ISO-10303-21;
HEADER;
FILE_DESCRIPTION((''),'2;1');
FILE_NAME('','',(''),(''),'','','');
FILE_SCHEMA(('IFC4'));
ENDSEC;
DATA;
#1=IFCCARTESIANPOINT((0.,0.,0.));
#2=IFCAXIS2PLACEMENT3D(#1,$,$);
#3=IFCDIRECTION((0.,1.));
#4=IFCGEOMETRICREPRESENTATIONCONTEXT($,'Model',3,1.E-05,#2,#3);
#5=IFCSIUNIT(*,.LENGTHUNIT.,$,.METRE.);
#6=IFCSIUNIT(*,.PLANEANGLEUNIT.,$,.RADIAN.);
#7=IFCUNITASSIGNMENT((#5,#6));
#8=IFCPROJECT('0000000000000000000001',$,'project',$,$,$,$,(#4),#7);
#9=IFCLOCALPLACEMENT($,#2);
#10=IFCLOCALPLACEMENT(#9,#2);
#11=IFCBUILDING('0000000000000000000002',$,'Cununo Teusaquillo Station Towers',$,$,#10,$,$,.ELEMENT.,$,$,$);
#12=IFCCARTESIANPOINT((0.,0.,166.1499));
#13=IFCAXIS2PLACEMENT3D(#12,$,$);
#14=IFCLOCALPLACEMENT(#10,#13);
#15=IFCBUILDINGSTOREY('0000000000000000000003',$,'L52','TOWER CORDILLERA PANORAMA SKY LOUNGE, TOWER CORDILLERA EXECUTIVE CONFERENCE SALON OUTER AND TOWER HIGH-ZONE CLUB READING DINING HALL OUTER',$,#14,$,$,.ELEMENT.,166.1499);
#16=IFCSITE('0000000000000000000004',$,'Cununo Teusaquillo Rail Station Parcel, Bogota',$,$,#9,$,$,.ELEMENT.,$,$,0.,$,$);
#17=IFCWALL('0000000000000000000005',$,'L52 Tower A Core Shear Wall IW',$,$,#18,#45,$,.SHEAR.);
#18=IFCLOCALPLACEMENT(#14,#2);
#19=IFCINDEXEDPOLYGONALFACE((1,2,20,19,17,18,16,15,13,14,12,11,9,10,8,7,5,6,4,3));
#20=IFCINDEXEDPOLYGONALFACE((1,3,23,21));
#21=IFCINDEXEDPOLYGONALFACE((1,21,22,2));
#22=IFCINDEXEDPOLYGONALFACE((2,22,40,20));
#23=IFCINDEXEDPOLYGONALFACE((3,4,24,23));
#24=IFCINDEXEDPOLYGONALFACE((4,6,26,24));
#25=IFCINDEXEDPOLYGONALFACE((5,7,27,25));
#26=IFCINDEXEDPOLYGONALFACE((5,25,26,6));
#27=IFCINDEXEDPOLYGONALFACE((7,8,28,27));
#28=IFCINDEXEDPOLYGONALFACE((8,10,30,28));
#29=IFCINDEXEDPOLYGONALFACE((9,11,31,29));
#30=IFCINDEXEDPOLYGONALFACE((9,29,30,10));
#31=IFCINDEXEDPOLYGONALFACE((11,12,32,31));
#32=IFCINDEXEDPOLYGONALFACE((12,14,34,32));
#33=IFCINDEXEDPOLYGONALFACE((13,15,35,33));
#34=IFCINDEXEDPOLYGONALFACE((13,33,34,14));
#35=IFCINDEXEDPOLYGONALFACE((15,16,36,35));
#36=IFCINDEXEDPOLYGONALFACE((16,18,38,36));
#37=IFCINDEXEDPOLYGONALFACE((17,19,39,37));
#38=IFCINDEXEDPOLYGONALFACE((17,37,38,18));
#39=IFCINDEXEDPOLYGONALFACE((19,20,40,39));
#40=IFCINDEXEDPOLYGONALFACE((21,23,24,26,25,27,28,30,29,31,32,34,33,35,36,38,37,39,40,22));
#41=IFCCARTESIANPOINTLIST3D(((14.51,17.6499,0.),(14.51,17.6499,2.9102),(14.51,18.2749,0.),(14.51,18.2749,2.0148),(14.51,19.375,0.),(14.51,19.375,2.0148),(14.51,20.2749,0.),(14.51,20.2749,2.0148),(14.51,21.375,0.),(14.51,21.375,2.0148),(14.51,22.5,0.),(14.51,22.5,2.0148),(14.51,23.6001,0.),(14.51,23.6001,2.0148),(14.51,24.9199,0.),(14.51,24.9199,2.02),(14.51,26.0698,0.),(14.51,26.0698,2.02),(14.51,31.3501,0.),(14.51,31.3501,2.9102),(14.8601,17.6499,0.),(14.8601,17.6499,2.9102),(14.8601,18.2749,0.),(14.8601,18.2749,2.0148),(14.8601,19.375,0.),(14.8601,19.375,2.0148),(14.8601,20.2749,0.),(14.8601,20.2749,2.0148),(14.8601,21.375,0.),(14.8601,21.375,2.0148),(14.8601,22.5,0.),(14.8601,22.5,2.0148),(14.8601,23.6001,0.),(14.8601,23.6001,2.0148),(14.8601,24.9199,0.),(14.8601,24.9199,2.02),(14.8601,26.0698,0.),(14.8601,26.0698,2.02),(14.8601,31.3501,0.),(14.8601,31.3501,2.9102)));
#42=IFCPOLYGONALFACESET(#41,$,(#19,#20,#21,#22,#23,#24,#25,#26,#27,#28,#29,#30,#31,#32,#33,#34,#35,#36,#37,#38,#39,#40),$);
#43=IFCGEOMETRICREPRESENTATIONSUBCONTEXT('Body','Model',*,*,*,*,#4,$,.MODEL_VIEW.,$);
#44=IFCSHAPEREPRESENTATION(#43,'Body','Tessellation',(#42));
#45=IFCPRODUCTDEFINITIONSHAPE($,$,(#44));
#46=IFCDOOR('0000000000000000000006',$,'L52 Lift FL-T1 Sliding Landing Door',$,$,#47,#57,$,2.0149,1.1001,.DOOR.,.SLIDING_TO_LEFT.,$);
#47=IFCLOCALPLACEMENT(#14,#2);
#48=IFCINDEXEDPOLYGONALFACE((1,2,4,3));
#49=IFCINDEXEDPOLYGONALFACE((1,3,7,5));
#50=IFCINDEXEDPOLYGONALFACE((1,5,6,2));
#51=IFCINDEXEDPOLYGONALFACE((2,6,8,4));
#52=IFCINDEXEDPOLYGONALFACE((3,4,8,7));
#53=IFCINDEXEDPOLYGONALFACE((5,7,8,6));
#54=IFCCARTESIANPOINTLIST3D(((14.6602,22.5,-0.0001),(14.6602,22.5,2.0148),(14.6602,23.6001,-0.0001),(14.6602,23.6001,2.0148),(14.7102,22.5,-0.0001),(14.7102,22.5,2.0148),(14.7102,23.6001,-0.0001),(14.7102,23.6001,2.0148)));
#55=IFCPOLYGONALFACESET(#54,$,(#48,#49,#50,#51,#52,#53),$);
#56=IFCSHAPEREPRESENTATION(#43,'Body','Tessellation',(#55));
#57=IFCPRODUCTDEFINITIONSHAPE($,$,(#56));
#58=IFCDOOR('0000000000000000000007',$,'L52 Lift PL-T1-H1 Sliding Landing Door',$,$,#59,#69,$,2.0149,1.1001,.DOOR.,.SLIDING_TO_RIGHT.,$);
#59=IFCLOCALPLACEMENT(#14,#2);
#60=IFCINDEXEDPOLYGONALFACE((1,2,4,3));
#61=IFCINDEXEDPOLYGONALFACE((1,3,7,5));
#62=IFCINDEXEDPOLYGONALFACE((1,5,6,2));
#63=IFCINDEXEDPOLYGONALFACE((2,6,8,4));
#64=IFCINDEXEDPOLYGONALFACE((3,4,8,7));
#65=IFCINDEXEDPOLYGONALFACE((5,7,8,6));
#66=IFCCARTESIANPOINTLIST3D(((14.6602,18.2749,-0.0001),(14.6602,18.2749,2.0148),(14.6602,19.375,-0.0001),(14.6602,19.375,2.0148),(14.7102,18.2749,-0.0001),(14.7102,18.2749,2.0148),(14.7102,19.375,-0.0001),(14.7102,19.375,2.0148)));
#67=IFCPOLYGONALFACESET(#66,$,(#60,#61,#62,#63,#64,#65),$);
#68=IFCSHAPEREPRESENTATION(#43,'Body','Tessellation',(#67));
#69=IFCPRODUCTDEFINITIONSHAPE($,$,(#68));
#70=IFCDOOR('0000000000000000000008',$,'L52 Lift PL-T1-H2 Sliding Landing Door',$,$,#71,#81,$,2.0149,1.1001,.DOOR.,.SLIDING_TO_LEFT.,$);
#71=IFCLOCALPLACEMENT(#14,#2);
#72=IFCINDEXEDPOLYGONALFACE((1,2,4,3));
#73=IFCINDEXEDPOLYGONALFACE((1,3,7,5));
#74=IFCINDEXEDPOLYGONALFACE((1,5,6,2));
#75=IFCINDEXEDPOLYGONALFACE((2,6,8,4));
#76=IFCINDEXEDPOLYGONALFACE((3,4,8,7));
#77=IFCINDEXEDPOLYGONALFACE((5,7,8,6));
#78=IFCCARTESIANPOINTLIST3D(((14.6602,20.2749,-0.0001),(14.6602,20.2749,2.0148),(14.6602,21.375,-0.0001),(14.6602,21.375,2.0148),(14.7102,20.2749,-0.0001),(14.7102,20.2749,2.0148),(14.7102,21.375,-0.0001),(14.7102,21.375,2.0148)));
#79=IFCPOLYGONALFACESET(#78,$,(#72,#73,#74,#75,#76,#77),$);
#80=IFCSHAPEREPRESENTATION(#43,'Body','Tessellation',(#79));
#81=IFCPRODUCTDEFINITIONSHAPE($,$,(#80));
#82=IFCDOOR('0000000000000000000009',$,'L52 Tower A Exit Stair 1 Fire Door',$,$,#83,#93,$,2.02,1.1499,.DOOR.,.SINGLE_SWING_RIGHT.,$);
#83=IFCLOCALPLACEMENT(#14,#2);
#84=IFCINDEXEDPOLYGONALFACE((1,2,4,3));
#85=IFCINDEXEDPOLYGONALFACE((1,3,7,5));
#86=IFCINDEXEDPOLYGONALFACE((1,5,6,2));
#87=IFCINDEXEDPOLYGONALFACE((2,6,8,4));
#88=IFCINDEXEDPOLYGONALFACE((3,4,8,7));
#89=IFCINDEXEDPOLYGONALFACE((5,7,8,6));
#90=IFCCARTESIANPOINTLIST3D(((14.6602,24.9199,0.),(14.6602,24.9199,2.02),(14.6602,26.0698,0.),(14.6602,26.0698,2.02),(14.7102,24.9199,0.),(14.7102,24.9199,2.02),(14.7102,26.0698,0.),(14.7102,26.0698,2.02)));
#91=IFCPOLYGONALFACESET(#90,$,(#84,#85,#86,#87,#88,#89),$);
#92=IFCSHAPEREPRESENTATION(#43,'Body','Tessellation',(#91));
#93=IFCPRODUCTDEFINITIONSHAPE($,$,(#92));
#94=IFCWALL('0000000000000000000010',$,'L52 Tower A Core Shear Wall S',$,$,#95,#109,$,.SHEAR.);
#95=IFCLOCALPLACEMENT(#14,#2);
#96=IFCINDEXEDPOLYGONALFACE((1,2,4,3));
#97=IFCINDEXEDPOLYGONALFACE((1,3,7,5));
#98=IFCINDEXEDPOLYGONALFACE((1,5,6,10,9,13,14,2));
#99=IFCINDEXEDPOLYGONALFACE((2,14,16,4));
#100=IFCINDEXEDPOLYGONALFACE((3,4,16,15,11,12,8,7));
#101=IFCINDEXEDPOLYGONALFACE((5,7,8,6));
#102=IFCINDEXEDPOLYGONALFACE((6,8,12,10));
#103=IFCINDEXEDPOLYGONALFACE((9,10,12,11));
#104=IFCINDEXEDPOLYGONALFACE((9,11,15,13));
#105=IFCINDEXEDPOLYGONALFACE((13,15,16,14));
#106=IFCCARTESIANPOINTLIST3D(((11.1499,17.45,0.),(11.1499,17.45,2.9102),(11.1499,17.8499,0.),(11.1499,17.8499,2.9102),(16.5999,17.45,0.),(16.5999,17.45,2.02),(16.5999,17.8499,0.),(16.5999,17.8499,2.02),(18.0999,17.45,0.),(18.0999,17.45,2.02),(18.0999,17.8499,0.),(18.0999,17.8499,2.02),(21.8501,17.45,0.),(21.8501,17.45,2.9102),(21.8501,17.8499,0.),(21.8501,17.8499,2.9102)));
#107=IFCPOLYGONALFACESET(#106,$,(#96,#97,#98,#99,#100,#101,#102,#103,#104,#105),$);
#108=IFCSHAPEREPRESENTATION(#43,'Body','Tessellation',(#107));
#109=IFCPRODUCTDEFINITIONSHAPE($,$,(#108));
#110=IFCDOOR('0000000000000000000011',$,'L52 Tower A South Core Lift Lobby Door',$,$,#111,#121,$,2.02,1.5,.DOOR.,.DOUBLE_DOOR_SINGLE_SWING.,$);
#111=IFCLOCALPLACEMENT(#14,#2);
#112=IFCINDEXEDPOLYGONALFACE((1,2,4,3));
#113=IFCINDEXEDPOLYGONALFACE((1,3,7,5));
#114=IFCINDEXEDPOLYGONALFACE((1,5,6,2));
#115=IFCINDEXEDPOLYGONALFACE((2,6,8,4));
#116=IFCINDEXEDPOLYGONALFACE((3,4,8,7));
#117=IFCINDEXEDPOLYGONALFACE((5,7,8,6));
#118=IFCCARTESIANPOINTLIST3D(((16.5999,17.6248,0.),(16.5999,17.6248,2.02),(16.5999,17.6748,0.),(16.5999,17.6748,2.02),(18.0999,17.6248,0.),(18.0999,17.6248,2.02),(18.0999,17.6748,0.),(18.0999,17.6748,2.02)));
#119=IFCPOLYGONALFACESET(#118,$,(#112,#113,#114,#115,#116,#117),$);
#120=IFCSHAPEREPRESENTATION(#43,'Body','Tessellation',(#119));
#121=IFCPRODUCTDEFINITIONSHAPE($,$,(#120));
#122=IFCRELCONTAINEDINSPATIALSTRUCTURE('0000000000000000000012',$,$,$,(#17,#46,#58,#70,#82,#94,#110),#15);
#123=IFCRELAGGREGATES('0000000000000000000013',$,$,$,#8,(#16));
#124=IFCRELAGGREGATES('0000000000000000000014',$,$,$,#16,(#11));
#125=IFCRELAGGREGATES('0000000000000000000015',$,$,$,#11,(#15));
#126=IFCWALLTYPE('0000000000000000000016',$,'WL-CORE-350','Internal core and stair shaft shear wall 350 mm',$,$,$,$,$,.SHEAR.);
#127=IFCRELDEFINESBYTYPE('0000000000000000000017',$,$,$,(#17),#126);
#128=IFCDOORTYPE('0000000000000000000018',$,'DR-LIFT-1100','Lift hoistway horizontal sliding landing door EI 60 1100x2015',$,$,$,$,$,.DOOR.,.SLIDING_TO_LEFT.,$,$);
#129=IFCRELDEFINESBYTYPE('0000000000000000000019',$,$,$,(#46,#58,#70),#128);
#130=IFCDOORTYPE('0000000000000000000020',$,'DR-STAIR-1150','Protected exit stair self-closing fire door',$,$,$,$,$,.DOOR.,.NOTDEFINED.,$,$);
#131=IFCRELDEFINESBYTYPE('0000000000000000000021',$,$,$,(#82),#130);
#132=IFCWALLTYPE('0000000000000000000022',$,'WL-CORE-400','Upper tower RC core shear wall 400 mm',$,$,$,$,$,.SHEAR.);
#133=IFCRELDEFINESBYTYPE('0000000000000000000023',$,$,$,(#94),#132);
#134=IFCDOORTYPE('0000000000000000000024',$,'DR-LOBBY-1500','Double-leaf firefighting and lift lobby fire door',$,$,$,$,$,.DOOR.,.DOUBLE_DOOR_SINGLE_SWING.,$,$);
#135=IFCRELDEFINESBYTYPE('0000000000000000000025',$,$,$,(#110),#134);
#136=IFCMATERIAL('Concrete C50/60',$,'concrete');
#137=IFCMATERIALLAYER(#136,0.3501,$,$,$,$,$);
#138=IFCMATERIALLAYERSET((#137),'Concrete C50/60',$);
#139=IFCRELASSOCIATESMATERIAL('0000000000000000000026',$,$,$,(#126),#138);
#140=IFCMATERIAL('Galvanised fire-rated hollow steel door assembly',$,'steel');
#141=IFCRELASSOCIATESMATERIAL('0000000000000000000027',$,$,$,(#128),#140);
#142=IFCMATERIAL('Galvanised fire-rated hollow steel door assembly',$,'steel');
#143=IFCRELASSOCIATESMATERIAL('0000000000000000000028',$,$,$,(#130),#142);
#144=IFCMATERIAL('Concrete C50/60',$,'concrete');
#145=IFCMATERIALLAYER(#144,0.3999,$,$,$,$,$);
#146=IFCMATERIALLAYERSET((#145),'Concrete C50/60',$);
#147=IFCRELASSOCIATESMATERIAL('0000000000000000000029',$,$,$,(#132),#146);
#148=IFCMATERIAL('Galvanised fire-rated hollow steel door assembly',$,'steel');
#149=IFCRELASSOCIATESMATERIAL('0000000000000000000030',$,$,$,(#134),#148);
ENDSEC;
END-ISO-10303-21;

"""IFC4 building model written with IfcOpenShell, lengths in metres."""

from ifc_helpers import new_model, si_unit, direction, frame, frame_2d, origin, place, context, subcontext, project, spatial, rectangle, extrude, source, transform, mapped, material, layer, layer_set, type_object, element, fill, save


model = new_model("IFC4")

# Units and contexts
model_context = context("Model", 3, precision=1e-05, world=origin(), true_north=direction((0.0, 1.0)))
body_context = subcontext(model_context, "Body", "Model", "MODEL_VIEW")
ifc_project = project(units=[si_unit("LENGTHUNIT", "METRE"), si_unit("PLANEANGLEUNIT", "RADIAN")], contexts=[model_context])

# Site, building, storey
site_placement = place(None, origin())
site = spatial("IfcSite", under=ifc_project, at=site_placement, Name="Cununo Teusaquillo Rail Station Parcel, Bogota", CompositionType="ELEMENT", RefElevation=0.0)
building_placement = place(site_placement, origin())
building = spatial("IfcBuilding", under=site, at=building_placement, Name="Cununo Teusaquillo Station Towers", CompositionType="ELEMENT")
storey_placement = place(building_placement, frame((0.0, 0.0, 166.1499)))
storey = spatial("IfcBuildingStorey", under=building, at=storey_placement, Name="L52", Description="TOWER CORDILLERA PANORAMA SKY LOUNGE, TOWER CORDILLERA EXECUTIVE CONFERENCE SALON OUTER AND TOWER HIGH-ZONE CLUB READING DINING HALL OUTER", CompositionType="ELEMENT", Elevation=166.1499)

# Wall, openings, doors
ifc_material_1 = material(Name="Concrete C50/60", Category="concrete")
ifc_layer_1 = layer(ifc_material_1, 0.3501)
ifc_layer_set_1 = layer_set([ifc_layer_1], Name="Concrete C50/60")
wall_type_1 = type_object("IfcWallType", Name="WL-CORE-350", Description="Internal core and stair shaft shear wall 350 mm", PredefinedType="SHEAR", material=ifc_layer_set_1)
wall_1_placement = place(storey_placement, frame((14.6851, 17.6499, 0.0), z_axis=(0.0, 0.0, 1.0), x_axis=(0.0, 1.0, 0.0)))
wall_1 = element("IfcWall", 1, at=wall_1_placement, inside=storey, type_object=wall_type_1, Name="L52 Tower A Core Shear Wall IW", PredefinedType="SHEAR", context=body_context, shape_type="SweptSolid", body=[
    extrude(rectangle(XDim=13.7002, YDim=0.3501, at=frame_2d((6.8501, 0.0))), origin(), (0.0, 0.0, 1.0), 2.9102),
])
shared_shape_1 = source(origin(), body_context, "Body", "SweptSolid", [
    extrude(rectangle(XDim=1.1001, YDim=2.0149, at=frame_2d((0.55, 1.0073))), frame((0.0, 0.1851, 0.0), z_axis=(0.0, -1.0, 0.0), x_axis=(1.0, 0.0, 0.0)), (0.0, 0.0, 1.0), 0.3701),
])
opening_1_placement = place(wall_1_placement, frame((4.8501, 0.0, 0.0)))
opening_1 = element("IfcOpeningElement", 2, at=opening_1_placement, cuts=wall_1, PredefinedType="OPENING", context=body_context, shape_type="MappedRepresentation", body=[
    mapped(shared_shape_1, transform((0.0, 0.0, 0.0), x_axis=(1.0, 0.0, 0.0), y_axis=(0.0, 1.0, 0.0), z_axis=(0.0, 0.0, 1.0), scale=1.0)),
])
opening_2_placement = place(wall_1_placement, frame((0.625, 0.0, 0.0)))
opening_2 = element("IfcOpeningElement", 3, at=opening_2_placement, cuts=wall_1, PredefinedType="OPENING", context=body_context, shape_type="MappedRepresentation", body=[
    mapped(shared_shape_1, transform((0.0, 0.0, 0.0), x_axis=(1.0, 0.0, 0.0), y_axis=(0.0, 1.0, 0.0), z_axis=(0.0, 0.0, 1.0), scale=1.0)),
])
opening_3_placement = place(wall_1_placement, frame((2.625, 0.0, 0.0)))
opening_3 = element("IfcOpeningElement", 4, at=opening_3_placement, cuts=wall_1, PredefinedType="OPENING", context=body_context, shape_type="MappedRepresentation", body=[
    mapped(shared_shape_1, transform((0.0, 0.0, 0.0), x_axis=(1.0, 0.0, 0.0), y_axis=(0.0, 1.0, 0.0), z_axis=(0.0, 0.0, 1.0), scale=1.0)),
])
shared_shape_2 = source(origin(), body_context, "Body", "SweptSolid", [
    extrude(rectangle(XDim=1.1499, YDim=2.02, at=frame_2d((0.575, 1.01))), frame((0.0, 0.1851, 0.0), z_axis=(0.0, -1.0, 0.0), x_axis=(1.0, 0.0, 0.0)), (0.0, 0.0, 1.0), 0.3701),
])
opening_4_placement = place(wall_1_placement, frame((7.27, 0.0, 0.0)))
opening_4 = element("IfcOpeningElement", 5, at=opening_4_placement, cuts=wall_1, PredefinedType="OPENING", context=body_context, shape_type="MappedRepresentation", body=[
    mapped(shared_shape_2, transform((0.0, 0.0, 0.0), x_axis=(1.0, 0.0, 0.0), y_axis=(0.0, 1.0, 0.0), z_axis=(0.0, 0.0, 1.0), scale=1.0)),
])
ifc_material_2 = material(Name="Galvanised fire-rated hollow steel door assembly", Category="steel")
door_type_1 = type_object("IfcDoorType", Name="DR-LIFT-1100", Description="Lift hoistway horizontal sliding landing door EI 60 1100x2015", OperationType="SLIDING_TO_LEFT", PredefinedType="DOOR", material=ifc_material_2)
shared_shape_3 = source(origin(), body_context, "Body", "SweptSolid", [
    extrude(rectangle(XDim=1.1001, YDim=2.0149, at=frame_2d((0.55, 1.0073))), frame((0.0, 0.0249, 0.0), z_axis=(0.0, -1.0, 0.0), x_axis=(1.0, 0.0, 0.0)), (0.0, 0.0, 1.0), 0.05),
])
door_1_placement = place(opening_1_placement, origin())
door_1 = element("IfcDoor", 6, at=door_1_placement, inside=storey, type_object=door_type_1, Name="L52 Lift FL-T1 Sliding Landing Door", OperationType="SLIDING_TO_LEFT", OverallHeight=2.0149, OverallWidth=1.1001, PredefinedType="DOOR", context=body_context, shape_type="MappedRepresentation", body=[
    mapped(shared_shape_3, transform((0.0, 0.0, 0.0), x_axis=(1.0, 0.0, 0.0), y_axis=(0.0, 1.0, 0.0), z_axis=(0.0, 0.0, 1.0), scale=1.0)),
])
fill(opening_1, door_1)
door_2_placement = place(opening_2_placement, origin())
door_2 = element("IfcDoor", 7, at=door_2_placement, inside=storey, type_object=door_type_1, Name="L52 Lift PL-T1-H1 Sliding Landing Door", OperationType="SLIDING_TO_RIGHT", OverallHeight=2.0149, OverallWidth=1.1001, PredefinedType="DOOR", context=body_context, shape_type="MappedRepresentation", body=[
    mapped(shared_shape_3, transform((0.0, 0.0, 0.0), x_axis=(1.0, 0.0, 0.0), y_axis=(0.0, 1.0, 0.0), z_axis=(0.0, 0.0, 1.0), scale=1.0)),
])
fill(opening_2, door_2)
door_3_placement = place(opening_3_placement, origin())
door_3 = element("IfcDoor", 8, at=door_3_placement, inside=storey, type_object=door_type_1, Name="L52 Lift PL-T1-H2 Sliding Landing Door", OperationType="SLIDING_TO_LEFT", OverallHeight=2.0149, OverallWidth=1.1001, PredefinedType="DOOR", context=body_context, shape_type="MappedRepresentation", body=[
    mapped(shared_shape_3, transform((0.0, 0.0, 0.0), x_axis=(1.0, 0.0, 0.0), y_axis=(0.0, 1.0, 0.0), z_axis=(0.0, 0.0, 1.0), scale=1.0)),
])
fill(opening_3, door_3)
ifc_material_3 = material(Name="Galvanised fire-rated hollow steel door assembly", Category="steel")
door_type_2 = type_object("IfcDoorType", Name="DR-STAIR-1150", Description="Protected exit stair self-closing fire door", OperationType="NOTDEFINED", PredefinedType="DOOR", material=ifc_material_3)
shared_shape_4 = source(origin(), body_context, "Body", "SweptSolid", [
    extrude(rectangle(XDim=1.1499, YDim=2.02, at=frame_2d((0.575, 1.01))), frame((0.0, 0.0249, 0.0), z_axis=(0.0, -1.0, 0.0), x_axis=(1.0, 0.0, 0.0)), (0.0, 0.0, 1.0), 0.05),
])
door_4_placement = place(opening_4_placement, origin())
door_4 = element("IfcDoor", 9, at=door_4_placement, inside=storey, type_object=door_type_2, Name="L52 Tower A Exit Stair 1 Fire Door", OperationType="SINGLE_SWING_RIGHT", OverallHeight=2.02, OverallWidth=1.1499, PredefinedType="DOOR", context=body_context, shape_type="MappedRepresentation", body=[
    mapped(shared_shape_4, transform((0.0, 0.0, 0.0), x_axis=(1.0, 0.0, 0.0), y_axis=(0.0, 1.0, 0.0), z_axis=(0.0, 0.0, 1.0), scale=1.0)),
])
fill(opening_4, door_4)

# Wall, opening, door
ifc_material_4 = material(Name="Concrete C50/60", Category="concrete")
ifc_layer_2 = layer(ifc_material_4, 0.3999)
ifc_layer_set_2 = layer_set([ifc_layer_2], Name="Concrete C50/60")
wall_type_2 = type_object("IfcWallType", Name="WL-CORE-400", Description="Upper tower RC core shear wall 400 mm", PredefinedType="SHEAR", material=ifc_layer_set_2)
wall_2_placement = place(storey_placement, frame((11.1499, 17.6499, 0.0), z_axis=(0.0, 0.0, 1.0), x_axis=(1.0, 0.0, 0.0)))
wall_2 = element("IfcWall", 10, at=wall_2_placement, inside=storey, type_object=wall_type_2, Name="L52 Tower A Core Shear Wall S", PredefinedType="SHEAR", context=body_context, shape_type="SweptSolid", body=[
    extrude(rectangle(XDim=10.7002, YDim=0.3999, at=frame_2d((5.3501, 0.0))), origin(), (0.0, 0.0, 1.0), 2.9102),
])
shared_shape_5 = source(origin(), body_context, "Body", "SweptSolid", [
    extrude(rectangle(XDim=1.5, YDim=2.02, at=frame_2d((0.75, 1.01))), frame((0.0, 0.21, 0.0), z_axis=(0.0, -1.0, 0.0), x_axis=(1.0, 0.0, 0.0)), (0.0, 0.0, 1.0), 0.4199),
])
opening_5_placement = place(wall_2_placement, frame((5.45, 0.0, 0.0)))
opening_5 = element("IfcOpeningElement", 11, at=opening_5_placement, cuts=wall_2, PredefinedType="OPENING", context=body_context, shape_type="MappedRepresentation", body=[
    mapped(shared_shape_5, transform((0.0, 0.0, 0.0), x_axis=(1.0, 0.0, 0.0), y_axis=(0.0, 1.0, 0.0), z_axis=(0.0, 0.0, 1.0), scale=1.0)),
])
ifc_material_5 = material(Name="Galvanised fire-rated hollow steel door assembly", Category="steel")
door_type_3 = type_object("IfcDoorType", Name="DR-LOBBY-1500", Description="Double-leaf firefighting and lift lobby fire door", OperationType="DOUBLE_DOOR_SINGLE_SWING", PredefinedType="DOOR", material=ifc_material_5)
shared_shape_6 = source(origin(), body_context, "Body", "SweptSolid", [
    extrude(rectangle(XDim=1.5, YDim=2.02, at=frame_2d((0.75, 1.01))), frame((0.0, 0.0249, 0.0), z_axis=(0.0, -1.0, 0.0), x_axis=(1.0, 0.0, 0.0)), (0.0, 0.0, 1.0), 0.05),
])
door_5_placement = place(opening_5_placement, origin())
door_5 = element("IfcDoor", 12, at=door_5_placement, inside=storey, type_object=door_type_3, Name="L52 Tower A South Core Lift Lobby Door", OperationType="DOUBLE_DOOR_SINGLE_SWING", OverallHeight=2.02, OverallWidth=1.5, PredefinedType="DOOR", context=body_context, shape_type="MappedRepresentation", body=[
    mapped(shared_shape_6, transform((0.0, 0.0, 0.0), x_axis=(1.0, 0.0, 0.0), y_axis=(0.0, 1.0, 0.0), z_axis=(0.0, 0.0, 1.0), scale=1.0)),
])
fill(opening_5, door_5)

save(model, "model.ifc")
